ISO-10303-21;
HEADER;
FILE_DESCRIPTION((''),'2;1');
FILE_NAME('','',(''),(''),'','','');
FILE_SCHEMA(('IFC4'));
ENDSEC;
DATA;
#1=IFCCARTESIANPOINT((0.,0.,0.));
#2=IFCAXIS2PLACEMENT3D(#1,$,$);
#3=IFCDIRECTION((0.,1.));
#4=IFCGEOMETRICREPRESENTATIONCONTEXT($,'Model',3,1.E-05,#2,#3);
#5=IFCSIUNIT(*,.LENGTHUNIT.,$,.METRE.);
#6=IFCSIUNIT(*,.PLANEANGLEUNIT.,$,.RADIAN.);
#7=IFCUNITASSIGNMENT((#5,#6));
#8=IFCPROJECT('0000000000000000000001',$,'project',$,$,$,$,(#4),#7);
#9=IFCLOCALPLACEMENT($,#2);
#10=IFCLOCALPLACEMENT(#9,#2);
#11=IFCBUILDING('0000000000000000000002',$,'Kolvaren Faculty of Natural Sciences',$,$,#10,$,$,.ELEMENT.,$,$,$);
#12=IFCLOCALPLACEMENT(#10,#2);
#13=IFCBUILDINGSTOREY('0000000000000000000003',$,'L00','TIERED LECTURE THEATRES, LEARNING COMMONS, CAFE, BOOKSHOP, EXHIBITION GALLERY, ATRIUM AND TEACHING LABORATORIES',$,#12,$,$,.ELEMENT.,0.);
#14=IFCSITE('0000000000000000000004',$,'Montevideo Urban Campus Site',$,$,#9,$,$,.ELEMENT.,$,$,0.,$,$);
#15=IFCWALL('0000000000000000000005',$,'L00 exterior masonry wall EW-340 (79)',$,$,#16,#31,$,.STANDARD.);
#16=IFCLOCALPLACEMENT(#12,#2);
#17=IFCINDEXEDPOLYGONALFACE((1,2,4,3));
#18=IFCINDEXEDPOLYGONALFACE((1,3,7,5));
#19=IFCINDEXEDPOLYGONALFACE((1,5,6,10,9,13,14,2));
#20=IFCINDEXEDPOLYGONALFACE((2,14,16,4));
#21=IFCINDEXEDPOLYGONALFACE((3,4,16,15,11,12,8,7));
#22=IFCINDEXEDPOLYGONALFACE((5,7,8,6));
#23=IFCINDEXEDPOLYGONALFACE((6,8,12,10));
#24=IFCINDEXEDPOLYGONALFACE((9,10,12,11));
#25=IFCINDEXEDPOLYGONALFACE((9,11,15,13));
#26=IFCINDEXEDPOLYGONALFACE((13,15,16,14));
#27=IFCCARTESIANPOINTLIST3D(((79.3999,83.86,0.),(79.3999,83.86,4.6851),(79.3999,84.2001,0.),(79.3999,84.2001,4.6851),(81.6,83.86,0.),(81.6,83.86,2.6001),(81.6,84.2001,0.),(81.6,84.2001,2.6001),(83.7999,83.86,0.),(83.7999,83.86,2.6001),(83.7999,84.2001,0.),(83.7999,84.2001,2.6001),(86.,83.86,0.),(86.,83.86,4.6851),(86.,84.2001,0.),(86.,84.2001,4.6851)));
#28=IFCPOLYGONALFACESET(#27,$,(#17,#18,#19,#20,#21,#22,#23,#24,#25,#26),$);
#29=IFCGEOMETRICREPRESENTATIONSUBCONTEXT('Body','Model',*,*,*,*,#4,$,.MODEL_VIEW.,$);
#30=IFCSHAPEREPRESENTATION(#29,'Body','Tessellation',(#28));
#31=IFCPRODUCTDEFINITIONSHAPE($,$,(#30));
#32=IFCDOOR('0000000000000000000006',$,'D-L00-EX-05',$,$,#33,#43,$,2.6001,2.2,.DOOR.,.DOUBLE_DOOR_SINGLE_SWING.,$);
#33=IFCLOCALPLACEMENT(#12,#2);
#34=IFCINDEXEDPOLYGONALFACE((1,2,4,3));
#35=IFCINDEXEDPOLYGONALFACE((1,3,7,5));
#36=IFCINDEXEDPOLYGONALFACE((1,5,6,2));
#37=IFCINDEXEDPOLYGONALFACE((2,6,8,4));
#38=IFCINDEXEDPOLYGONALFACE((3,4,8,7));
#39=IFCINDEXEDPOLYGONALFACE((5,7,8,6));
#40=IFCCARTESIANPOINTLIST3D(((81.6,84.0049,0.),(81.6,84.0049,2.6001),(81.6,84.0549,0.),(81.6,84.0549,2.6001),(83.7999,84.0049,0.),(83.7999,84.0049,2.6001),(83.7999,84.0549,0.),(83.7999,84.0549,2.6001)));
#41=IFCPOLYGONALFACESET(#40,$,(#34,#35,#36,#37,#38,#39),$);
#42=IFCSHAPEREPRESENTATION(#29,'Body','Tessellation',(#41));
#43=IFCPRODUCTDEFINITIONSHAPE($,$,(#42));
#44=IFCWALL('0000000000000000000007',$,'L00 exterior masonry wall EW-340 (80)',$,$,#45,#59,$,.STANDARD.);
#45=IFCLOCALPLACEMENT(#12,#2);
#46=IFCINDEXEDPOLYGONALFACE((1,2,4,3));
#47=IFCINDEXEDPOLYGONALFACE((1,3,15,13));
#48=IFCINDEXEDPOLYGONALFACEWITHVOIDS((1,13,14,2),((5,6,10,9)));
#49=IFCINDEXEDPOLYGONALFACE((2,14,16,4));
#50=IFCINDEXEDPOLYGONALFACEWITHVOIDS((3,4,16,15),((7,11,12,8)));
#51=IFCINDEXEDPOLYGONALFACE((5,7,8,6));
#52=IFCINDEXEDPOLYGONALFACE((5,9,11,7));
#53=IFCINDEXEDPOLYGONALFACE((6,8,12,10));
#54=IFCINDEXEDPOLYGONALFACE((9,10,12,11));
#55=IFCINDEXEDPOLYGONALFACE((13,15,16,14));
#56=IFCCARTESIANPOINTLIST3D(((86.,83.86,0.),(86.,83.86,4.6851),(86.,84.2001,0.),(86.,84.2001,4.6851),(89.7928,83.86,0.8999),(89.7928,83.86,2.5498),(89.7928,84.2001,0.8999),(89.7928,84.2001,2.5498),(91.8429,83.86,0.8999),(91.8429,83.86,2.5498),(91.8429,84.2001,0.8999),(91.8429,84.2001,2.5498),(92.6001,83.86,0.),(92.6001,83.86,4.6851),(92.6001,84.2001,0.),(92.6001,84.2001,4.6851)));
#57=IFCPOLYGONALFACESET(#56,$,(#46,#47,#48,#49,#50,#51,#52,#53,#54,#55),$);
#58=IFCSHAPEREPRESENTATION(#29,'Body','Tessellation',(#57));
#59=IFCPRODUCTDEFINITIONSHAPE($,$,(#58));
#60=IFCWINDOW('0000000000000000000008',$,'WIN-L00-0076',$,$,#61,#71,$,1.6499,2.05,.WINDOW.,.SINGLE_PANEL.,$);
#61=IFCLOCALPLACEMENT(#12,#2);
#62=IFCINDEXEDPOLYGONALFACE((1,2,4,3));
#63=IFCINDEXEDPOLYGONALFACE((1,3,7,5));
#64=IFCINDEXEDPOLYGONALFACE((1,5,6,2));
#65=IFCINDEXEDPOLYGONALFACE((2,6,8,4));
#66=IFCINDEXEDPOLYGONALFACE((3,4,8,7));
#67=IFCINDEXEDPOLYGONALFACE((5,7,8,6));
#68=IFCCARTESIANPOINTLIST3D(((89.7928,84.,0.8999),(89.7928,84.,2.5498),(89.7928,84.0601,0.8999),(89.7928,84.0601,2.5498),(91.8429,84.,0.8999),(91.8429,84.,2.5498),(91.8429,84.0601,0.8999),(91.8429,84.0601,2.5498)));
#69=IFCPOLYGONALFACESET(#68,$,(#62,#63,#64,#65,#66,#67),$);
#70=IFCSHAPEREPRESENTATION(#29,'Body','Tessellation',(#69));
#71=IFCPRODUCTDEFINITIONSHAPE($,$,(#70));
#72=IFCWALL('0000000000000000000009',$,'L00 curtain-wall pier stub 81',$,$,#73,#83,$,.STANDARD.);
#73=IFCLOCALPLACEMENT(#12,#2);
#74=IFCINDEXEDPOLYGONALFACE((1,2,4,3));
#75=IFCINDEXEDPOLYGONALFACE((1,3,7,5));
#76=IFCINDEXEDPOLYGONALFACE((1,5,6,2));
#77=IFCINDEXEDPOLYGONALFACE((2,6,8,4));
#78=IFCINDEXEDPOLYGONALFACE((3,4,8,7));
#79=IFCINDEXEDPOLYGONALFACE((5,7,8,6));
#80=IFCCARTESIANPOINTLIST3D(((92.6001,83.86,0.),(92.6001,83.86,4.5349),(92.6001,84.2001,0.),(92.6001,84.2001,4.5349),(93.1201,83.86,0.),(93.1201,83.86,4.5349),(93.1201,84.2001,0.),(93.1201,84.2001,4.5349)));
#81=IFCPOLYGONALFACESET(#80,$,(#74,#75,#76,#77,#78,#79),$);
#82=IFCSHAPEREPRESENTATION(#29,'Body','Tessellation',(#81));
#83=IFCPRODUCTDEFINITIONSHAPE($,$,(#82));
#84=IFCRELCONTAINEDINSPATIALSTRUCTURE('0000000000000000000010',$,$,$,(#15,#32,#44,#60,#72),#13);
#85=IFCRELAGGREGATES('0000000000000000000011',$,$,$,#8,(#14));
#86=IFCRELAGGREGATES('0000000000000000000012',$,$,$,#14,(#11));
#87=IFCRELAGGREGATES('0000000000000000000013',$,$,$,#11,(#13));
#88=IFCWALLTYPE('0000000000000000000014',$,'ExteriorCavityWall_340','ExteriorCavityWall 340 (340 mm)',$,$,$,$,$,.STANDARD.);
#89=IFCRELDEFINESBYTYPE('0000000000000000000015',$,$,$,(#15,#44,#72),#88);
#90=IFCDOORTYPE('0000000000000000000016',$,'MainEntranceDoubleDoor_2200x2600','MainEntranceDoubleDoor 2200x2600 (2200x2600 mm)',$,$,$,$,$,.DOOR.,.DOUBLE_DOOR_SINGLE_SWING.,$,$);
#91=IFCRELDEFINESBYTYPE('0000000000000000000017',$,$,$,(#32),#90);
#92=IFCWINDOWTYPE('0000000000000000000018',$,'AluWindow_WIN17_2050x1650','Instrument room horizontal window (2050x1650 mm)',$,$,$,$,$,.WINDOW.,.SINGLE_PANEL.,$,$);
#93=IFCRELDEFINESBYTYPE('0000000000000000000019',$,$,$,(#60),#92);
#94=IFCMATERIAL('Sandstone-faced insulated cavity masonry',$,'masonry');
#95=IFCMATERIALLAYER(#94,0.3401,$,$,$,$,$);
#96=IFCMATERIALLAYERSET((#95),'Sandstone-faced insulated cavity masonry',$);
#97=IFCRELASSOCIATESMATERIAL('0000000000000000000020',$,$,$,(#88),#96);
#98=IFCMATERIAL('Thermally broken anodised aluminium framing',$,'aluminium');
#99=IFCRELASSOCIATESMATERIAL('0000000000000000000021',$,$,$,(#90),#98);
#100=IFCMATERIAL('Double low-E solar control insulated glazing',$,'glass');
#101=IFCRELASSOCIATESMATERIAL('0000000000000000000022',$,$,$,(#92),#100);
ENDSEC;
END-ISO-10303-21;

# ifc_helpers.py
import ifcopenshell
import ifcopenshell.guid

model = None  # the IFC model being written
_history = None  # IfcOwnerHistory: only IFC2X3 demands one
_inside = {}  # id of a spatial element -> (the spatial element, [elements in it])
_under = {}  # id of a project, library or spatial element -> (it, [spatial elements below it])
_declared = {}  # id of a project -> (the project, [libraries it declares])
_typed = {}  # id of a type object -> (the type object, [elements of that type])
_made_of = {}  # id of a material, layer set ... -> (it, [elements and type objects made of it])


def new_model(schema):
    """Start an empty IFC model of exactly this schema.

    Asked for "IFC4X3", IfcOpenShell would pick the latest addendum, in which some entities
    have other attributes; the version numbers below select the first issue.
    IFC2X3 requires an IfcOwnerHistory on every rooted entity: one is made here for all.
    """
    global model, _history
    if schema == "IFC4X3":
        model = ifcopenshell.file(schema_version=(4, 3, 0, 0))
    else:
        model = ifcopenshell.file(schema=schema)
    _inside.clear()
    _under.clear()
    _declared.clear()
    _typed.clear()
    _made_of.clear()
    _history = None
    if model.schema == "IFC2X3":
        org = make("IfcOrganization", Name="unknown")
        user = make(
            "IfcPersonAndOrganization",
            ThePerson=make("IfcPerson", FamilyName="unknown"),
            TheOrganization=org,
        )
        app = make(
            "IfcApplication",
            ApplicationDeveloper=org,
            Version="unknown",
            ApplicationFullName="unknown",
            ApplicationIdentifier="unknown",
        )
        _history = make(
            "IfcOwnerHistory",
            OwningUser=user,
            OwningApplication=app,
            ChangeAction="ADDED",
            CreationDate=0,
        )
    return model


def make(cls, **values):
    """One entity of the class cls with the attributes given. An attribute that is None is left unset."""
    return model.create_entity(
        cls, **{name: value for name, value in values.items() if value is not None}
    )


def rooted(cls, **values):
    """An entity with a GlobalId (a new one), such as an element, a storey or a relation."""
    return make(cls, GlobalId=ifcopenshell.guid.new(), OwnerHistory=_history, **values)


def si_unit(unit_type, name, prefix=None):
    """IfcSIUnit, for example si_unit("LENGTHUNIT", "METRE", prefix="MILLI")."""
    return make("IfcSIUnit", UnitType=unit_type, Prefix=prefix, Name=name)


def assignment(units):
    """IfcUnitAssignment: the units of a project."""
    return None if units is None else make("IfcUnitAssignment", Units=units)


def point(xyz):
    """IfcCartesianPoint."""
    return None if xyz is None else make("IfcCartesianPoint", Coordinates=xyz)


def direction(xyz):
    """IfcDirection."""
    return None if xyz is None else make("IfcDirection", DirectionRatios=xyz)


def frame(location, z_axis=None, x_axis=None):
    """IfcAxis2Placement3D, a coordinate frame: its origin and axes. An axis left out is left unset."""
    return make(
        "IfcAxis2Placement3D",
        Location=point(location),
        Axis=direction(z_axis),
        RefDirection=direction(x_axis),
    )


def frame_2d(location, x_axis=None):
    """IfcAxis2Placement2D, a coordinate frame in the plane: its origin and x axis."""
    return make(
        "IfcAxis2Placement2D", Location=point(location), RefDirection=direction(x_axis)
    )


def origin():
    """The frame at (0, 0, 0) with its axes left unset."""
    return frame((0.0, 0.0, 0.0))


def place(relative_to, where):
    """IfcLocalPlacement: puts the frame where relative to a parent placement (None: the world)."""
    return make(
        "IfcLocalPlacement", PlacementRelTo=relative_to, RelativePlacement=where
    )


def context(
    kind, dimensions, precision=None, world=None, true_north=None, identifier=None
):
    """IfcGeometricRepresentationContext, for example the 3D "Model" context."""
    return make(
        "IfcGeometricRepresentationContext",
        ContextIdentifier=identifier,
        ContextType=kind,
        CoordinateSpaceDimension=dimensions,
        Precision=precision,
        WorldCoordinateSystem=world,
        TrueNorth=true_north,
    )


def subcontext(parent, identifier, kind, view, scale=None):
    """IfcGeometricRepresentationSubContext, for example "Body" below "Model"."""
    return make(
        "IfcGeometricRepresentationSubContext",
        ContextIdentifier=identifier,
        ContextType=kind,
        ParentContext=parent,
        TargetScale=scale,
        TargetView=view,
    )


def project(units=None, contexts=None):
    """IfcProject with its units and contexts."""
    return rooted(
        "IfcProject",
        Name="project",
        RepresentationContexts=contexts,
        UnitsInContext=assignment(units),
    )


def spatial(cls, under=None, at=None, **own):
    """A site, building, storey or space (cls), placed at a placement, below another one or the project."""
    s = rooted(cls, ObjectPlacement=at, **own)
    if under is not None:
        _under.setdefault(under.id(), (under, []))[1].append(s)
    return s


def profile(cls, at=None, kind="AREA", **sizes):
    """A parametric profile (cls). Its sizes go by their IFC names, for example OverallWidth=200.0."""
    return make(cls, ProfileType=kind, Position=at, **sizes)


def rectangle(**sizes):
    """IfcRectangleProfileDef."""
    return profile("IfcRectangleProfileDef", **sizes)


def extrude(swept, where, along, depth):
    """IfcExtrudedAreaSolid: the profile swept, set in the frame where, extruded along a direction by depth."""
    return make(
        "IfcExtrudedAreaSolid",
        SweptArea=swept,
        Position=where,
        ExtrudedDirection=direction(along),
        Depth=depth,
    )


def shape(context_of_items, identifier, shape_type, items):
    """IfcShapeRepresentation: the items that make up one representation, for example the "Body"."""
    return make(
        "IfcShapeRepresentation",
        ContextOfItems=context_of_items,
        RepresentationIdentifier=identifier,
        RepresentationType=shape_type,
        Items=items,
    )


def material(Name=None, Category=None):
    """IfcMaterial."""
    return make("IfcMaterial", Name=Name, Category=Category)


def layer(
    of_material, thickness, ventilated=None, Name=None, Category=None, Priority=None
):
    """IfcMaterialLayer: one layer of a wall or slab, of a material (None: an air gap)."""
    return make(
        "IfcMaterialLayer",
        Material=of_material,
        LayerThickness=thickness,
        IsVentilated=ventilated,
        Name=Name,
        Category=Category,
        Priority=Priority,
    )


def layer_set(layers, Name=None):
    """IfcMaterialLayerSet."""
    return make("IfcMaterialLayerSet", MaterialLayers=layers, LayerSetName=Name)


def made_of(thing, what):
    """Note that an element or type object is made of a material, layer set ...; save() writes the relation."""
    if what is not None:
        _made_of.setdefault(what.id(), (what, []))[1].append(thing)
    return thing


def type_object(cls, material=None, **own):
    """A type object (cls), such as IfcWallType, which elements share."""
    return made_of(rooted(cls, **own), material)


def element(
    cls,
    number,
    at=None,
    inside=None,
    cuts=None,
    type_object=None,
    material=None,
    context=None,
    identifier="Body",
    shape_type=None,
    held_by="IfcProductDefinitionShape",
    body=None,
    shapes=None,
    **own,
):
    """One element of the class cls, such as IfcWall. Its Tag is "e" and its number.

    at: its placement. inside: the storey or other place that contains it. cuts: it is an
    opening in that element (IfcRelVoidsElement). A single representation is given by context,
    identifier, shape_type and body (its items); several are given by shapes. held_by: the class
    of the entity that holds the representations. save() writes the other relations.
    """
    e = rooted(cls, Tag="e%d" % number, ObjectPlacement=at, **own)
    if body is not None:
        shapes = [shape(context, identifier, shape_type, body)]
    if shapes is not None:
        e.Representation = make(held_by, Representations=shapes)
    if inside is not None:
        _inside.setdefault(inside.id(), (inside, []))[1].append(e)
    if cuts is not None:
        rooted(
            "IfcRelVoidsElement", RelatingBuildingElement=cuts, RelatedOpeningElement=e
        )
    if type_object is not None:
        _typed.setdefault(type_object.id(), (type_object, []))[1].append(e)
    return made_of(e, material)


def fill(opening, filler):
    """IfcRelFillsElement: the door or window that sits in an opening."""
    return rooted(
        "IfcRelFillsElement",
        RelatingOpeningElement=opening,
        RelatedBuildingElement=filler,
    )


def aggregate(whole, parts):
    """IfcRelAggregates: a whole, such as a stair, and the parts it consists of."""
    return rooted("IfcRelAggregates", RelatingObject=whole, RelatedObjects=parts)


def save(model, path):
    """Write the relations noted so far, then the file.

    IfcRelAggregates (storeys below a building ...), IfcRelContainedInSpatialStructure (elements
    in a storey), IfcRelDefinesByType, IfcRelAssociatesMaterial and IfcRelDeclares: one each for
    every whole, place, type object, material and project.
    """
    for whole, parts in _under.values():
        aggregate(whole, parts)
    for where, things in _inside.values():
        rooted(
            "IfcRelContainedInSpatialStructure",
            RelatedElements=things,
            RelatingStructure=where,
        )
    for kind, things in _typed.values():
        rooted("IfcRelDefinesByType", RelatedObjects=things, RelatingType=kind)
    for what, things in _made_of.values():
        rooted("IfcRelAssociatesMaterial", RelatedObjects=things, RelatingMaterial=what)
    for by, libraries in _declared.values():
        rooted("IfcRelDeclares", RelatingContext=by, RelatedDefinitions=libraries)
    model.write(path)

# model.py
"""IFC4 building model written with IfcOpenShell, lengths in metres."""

from ifc_helpers import new_model, si_unit, direction, frame, frame_2d, origin, place, context, subcontext, project, spatial, rectangle, extrude, material, layer, layer_set, type_object, element, fill, save


model = new_model("IFC4")

# Units and contexts
model_context = context("Model", 3, precision=1e-05, world=origin(), true_north=direction((0.0, 1.0)))
body_context = subcontext(model_context, "Body", "Model", "MODEL_VIEW")
ifc_project = project(units=[si_unit("LENGTHUNIT", "METRE"), si_unit("PLANEANGLEUNIT", "RADIAN")], contexts=[model_context])

# Site, building, storey
site_placement = place(None, origin())
site = spatial("IfcSite", under=ifc_project, at=site_placement, Name="Montevideo Urban Campus Site", CompositionType="ELEMENT", RefElevation=0.0)
building_placement = place(site_placement, origin())
building = spatial("IfcBuilding", under=site, at=building_placement, Name="Kolvaren Faculty of Natural Sciences", CompositionType="ELEMENT")
storey_placement = place(building_placement, origin())
storey = spatial("IfcBuildingStorey", under=building, at=storey_placement, Name="L00", Description="TIERED LECTURE THEATRES, LEARNING COMMONS, CAFE, BOOKSHOP, EXHIBITION GALLERY, ATRIUM AND TEACHING LABORATORIES", CompositionType="ELEMENT", Elevation=0.0)

# Wall, opening, door
ifc_material_1 = material(Name="Sandstone-faced insulated cavity masonry", Category="masonry")
ifc_layer_1 = layer(ifc_material_1, 0.3401)
ifc_layer_set_1 = layer_set([ifc_layer_1], Name="Sandstone-faced insulated cavity masonry")
wall_type_1 = type_object("IfcWallType", Name="ExteriorCavityWall_340", Description="ExteriorCavityWall 340 (340 mm)", PredefinedType="STANDARD", material=ifc_layer_set_1)
wall_1_placement = place(storey_placement, frame((79.3999, 84.03, 0.0), z_axis=(0.0, 0.0, 1.0), x_axis=(1.0, 0.0, 0.0)))
wall_1 = element("IfcWall", 1, at=wall_1_placement, inside=storey, type_object=wall_type_1, Name="L00 exterior masonry wall EW-340 (79)", PredefinedType="STANDARD", context=body_context, shape_type="SweptSolid", body=[
    extrude(rectangle(XDim=6.6001, YDim=0.3401, at=frame_2d((3.3, 0.0))), origin(), (0.0, 0.0, 1.0), 4.6851),
])
opening_1_placement = place(wall_1_placement, frame((2.2, 0.0, 0.0)))
opening_1 = element("IfcOpeningElement", 2, at=opening_1_placement, cuts=wall_1, PredefinedType="OPENING", context=body_context, shape_type="SweptSolid", body=[
    extrude(rectangle(XDim=2.2, YDim=2.6001, at=frame_2d((1.1001, 1.3))), frame((0.0, 0.1799, 0.0), z_axis=(0.0, -1.0, 0.0), x_axis=(1.0, 0.0, 0.0)), (0.0, 0.0, 1.0), 0.3601),
])
ifc_material_2 = material(Name="Thermally broken anodised aluminium framing", Category="aluminium")
door_type_1 = type_object("IfcDoorType", Name="MainEntranceDoubleDoor_2200x2600", Description="MainEntranceDoubleDoor 2200x2600 (2200x2600 mm)", OperationType="DOUBLE_DOOR_SINGLE_SWING", PredefinedType="DOOR", material=ifc_material_2)
door_1_placement = place(opening_1_placement, origin())
door_1 = element("IfcDoor", 3, at=door_1_placement, inside=storey, type_object=door_type_1, Name="D-L00-EX-05", OperationType="DOUBLE_DOOR_SINGLE_SWING", OverallHeight=2.6001, OverallWidth=2.2, PredefinedType="DOOR", context=body_context, shape_type="SweptSolid", body=[
    extrude(rectangle(XDim=2.2, YDim=2.6001, at=frame_2d((1.1001, 1.3))), frame((0.0, 0.0249, 0.0), z_axis=(0.0, -1.0, 0.0), x_axis=(1.0, 0.0, 0.0)), (0.0, 0.0, 1.0), 0.05),
])
fill(opening_1, door_1)

# Wall, opening, window
wall_2_placement = place(storey_placement, frame((86.0, 84.03, 0.0), z_axis=(0.0, 0.0, 1.0), x_axis=(1.0, 0.0, 0.0)))
wall_2 = element("IfcWall", 4, at=wall_2_placement, inside=storey, type_object=wall_type_1, Name="L00 exterior masonry wall EW-340 (80)", PredefinedType="STANDARD", context=body_context, shape_type="SweptSolid", body=[
    extrude(rectangle(XDim=6.6001, YDim=0.3401, at=frame_2d((3.3, 0.0))), origin(), (0.0, 0.0, 1.0), 4.6851),
])
opening_2_placement = place(wall_2_placement, frame((3.793, 0.0, 0.8999)))
opening_2 = element("IfcOpeningElement", 5, at=opening_2_placement, cuts=wall_2, PredefinedType="OPENING", context=body_context, shape_type="SweptSolid", body=[
    extrude(rectangle(XDim=2.05, YDim=1.6499, at=frame_2d((1.0249, 0.825))), frame((0.0, 0.1799, 0.0), z_axis=(0.0, -1.0, 0.0), x_axis=(1.0, 0.0, 0.0)), (0.0, 0.0, 1.0), 0.3601),
])
ifc_material_3 = material(Name="Double low-E solar control insulated glazing", Category="glass")
window_type = type_object("IfcWindowType", Name="AluWindow_WIN17_2050x1650", Description="Instrument room horizontal window (2050x1650 mm)", PartitioningType="SINGLE_PANEL", PredefinedType="WINDOW", material=ifc_material_3)
window_placement = place(opening_2_placement, origin())
window = element("IfcWindow", 6, at=window_placement, inside=storey, type_object=window_type, Name="WIN-L00-0076", OverallHeight=1.6499, OverallWidth=2.05, PartitioningType="SINGLE_PANEL", PredefinedType="WINDOW", context=body_context, shape_type="SweptSolid", body=[
    extrude(rectangle(XDim=2.05, YDim=1.6499, at=frame_2d((1.0249, 0.825))), frame((0.0, 0.03, 0.0), z_axis=(0.0, -1.0, 0.0), x_axis=(1.0, 0.0, 0.0)), (0.0, 0.0, 1.0), 0.0601),
])
fill(opening_2, window)

# Wall
wall_3_placement = place(storey_placement, frame((92.6001, 84.03, 0.0), z_axis=(0.0, 0.0, 1.0), x_axis=(1.0, 0.0, 0.0)))
element("IfcWall", 7, at=wall_3_placement, inside=storey, type_object=wall_type_1, Name="L00 curtain-wall pier stub 81", PredefinedType="STANDARD", context=body_context, shape_type="SweptSolid", body=[
    extrude(rectangle(XDim=0.52, YDim=0.3401, at=frame_2d((0.26, 0.0))), origin(), (0.0, 0.0, 1.0), 4.5349),
])

save(model, "model.ifc")
